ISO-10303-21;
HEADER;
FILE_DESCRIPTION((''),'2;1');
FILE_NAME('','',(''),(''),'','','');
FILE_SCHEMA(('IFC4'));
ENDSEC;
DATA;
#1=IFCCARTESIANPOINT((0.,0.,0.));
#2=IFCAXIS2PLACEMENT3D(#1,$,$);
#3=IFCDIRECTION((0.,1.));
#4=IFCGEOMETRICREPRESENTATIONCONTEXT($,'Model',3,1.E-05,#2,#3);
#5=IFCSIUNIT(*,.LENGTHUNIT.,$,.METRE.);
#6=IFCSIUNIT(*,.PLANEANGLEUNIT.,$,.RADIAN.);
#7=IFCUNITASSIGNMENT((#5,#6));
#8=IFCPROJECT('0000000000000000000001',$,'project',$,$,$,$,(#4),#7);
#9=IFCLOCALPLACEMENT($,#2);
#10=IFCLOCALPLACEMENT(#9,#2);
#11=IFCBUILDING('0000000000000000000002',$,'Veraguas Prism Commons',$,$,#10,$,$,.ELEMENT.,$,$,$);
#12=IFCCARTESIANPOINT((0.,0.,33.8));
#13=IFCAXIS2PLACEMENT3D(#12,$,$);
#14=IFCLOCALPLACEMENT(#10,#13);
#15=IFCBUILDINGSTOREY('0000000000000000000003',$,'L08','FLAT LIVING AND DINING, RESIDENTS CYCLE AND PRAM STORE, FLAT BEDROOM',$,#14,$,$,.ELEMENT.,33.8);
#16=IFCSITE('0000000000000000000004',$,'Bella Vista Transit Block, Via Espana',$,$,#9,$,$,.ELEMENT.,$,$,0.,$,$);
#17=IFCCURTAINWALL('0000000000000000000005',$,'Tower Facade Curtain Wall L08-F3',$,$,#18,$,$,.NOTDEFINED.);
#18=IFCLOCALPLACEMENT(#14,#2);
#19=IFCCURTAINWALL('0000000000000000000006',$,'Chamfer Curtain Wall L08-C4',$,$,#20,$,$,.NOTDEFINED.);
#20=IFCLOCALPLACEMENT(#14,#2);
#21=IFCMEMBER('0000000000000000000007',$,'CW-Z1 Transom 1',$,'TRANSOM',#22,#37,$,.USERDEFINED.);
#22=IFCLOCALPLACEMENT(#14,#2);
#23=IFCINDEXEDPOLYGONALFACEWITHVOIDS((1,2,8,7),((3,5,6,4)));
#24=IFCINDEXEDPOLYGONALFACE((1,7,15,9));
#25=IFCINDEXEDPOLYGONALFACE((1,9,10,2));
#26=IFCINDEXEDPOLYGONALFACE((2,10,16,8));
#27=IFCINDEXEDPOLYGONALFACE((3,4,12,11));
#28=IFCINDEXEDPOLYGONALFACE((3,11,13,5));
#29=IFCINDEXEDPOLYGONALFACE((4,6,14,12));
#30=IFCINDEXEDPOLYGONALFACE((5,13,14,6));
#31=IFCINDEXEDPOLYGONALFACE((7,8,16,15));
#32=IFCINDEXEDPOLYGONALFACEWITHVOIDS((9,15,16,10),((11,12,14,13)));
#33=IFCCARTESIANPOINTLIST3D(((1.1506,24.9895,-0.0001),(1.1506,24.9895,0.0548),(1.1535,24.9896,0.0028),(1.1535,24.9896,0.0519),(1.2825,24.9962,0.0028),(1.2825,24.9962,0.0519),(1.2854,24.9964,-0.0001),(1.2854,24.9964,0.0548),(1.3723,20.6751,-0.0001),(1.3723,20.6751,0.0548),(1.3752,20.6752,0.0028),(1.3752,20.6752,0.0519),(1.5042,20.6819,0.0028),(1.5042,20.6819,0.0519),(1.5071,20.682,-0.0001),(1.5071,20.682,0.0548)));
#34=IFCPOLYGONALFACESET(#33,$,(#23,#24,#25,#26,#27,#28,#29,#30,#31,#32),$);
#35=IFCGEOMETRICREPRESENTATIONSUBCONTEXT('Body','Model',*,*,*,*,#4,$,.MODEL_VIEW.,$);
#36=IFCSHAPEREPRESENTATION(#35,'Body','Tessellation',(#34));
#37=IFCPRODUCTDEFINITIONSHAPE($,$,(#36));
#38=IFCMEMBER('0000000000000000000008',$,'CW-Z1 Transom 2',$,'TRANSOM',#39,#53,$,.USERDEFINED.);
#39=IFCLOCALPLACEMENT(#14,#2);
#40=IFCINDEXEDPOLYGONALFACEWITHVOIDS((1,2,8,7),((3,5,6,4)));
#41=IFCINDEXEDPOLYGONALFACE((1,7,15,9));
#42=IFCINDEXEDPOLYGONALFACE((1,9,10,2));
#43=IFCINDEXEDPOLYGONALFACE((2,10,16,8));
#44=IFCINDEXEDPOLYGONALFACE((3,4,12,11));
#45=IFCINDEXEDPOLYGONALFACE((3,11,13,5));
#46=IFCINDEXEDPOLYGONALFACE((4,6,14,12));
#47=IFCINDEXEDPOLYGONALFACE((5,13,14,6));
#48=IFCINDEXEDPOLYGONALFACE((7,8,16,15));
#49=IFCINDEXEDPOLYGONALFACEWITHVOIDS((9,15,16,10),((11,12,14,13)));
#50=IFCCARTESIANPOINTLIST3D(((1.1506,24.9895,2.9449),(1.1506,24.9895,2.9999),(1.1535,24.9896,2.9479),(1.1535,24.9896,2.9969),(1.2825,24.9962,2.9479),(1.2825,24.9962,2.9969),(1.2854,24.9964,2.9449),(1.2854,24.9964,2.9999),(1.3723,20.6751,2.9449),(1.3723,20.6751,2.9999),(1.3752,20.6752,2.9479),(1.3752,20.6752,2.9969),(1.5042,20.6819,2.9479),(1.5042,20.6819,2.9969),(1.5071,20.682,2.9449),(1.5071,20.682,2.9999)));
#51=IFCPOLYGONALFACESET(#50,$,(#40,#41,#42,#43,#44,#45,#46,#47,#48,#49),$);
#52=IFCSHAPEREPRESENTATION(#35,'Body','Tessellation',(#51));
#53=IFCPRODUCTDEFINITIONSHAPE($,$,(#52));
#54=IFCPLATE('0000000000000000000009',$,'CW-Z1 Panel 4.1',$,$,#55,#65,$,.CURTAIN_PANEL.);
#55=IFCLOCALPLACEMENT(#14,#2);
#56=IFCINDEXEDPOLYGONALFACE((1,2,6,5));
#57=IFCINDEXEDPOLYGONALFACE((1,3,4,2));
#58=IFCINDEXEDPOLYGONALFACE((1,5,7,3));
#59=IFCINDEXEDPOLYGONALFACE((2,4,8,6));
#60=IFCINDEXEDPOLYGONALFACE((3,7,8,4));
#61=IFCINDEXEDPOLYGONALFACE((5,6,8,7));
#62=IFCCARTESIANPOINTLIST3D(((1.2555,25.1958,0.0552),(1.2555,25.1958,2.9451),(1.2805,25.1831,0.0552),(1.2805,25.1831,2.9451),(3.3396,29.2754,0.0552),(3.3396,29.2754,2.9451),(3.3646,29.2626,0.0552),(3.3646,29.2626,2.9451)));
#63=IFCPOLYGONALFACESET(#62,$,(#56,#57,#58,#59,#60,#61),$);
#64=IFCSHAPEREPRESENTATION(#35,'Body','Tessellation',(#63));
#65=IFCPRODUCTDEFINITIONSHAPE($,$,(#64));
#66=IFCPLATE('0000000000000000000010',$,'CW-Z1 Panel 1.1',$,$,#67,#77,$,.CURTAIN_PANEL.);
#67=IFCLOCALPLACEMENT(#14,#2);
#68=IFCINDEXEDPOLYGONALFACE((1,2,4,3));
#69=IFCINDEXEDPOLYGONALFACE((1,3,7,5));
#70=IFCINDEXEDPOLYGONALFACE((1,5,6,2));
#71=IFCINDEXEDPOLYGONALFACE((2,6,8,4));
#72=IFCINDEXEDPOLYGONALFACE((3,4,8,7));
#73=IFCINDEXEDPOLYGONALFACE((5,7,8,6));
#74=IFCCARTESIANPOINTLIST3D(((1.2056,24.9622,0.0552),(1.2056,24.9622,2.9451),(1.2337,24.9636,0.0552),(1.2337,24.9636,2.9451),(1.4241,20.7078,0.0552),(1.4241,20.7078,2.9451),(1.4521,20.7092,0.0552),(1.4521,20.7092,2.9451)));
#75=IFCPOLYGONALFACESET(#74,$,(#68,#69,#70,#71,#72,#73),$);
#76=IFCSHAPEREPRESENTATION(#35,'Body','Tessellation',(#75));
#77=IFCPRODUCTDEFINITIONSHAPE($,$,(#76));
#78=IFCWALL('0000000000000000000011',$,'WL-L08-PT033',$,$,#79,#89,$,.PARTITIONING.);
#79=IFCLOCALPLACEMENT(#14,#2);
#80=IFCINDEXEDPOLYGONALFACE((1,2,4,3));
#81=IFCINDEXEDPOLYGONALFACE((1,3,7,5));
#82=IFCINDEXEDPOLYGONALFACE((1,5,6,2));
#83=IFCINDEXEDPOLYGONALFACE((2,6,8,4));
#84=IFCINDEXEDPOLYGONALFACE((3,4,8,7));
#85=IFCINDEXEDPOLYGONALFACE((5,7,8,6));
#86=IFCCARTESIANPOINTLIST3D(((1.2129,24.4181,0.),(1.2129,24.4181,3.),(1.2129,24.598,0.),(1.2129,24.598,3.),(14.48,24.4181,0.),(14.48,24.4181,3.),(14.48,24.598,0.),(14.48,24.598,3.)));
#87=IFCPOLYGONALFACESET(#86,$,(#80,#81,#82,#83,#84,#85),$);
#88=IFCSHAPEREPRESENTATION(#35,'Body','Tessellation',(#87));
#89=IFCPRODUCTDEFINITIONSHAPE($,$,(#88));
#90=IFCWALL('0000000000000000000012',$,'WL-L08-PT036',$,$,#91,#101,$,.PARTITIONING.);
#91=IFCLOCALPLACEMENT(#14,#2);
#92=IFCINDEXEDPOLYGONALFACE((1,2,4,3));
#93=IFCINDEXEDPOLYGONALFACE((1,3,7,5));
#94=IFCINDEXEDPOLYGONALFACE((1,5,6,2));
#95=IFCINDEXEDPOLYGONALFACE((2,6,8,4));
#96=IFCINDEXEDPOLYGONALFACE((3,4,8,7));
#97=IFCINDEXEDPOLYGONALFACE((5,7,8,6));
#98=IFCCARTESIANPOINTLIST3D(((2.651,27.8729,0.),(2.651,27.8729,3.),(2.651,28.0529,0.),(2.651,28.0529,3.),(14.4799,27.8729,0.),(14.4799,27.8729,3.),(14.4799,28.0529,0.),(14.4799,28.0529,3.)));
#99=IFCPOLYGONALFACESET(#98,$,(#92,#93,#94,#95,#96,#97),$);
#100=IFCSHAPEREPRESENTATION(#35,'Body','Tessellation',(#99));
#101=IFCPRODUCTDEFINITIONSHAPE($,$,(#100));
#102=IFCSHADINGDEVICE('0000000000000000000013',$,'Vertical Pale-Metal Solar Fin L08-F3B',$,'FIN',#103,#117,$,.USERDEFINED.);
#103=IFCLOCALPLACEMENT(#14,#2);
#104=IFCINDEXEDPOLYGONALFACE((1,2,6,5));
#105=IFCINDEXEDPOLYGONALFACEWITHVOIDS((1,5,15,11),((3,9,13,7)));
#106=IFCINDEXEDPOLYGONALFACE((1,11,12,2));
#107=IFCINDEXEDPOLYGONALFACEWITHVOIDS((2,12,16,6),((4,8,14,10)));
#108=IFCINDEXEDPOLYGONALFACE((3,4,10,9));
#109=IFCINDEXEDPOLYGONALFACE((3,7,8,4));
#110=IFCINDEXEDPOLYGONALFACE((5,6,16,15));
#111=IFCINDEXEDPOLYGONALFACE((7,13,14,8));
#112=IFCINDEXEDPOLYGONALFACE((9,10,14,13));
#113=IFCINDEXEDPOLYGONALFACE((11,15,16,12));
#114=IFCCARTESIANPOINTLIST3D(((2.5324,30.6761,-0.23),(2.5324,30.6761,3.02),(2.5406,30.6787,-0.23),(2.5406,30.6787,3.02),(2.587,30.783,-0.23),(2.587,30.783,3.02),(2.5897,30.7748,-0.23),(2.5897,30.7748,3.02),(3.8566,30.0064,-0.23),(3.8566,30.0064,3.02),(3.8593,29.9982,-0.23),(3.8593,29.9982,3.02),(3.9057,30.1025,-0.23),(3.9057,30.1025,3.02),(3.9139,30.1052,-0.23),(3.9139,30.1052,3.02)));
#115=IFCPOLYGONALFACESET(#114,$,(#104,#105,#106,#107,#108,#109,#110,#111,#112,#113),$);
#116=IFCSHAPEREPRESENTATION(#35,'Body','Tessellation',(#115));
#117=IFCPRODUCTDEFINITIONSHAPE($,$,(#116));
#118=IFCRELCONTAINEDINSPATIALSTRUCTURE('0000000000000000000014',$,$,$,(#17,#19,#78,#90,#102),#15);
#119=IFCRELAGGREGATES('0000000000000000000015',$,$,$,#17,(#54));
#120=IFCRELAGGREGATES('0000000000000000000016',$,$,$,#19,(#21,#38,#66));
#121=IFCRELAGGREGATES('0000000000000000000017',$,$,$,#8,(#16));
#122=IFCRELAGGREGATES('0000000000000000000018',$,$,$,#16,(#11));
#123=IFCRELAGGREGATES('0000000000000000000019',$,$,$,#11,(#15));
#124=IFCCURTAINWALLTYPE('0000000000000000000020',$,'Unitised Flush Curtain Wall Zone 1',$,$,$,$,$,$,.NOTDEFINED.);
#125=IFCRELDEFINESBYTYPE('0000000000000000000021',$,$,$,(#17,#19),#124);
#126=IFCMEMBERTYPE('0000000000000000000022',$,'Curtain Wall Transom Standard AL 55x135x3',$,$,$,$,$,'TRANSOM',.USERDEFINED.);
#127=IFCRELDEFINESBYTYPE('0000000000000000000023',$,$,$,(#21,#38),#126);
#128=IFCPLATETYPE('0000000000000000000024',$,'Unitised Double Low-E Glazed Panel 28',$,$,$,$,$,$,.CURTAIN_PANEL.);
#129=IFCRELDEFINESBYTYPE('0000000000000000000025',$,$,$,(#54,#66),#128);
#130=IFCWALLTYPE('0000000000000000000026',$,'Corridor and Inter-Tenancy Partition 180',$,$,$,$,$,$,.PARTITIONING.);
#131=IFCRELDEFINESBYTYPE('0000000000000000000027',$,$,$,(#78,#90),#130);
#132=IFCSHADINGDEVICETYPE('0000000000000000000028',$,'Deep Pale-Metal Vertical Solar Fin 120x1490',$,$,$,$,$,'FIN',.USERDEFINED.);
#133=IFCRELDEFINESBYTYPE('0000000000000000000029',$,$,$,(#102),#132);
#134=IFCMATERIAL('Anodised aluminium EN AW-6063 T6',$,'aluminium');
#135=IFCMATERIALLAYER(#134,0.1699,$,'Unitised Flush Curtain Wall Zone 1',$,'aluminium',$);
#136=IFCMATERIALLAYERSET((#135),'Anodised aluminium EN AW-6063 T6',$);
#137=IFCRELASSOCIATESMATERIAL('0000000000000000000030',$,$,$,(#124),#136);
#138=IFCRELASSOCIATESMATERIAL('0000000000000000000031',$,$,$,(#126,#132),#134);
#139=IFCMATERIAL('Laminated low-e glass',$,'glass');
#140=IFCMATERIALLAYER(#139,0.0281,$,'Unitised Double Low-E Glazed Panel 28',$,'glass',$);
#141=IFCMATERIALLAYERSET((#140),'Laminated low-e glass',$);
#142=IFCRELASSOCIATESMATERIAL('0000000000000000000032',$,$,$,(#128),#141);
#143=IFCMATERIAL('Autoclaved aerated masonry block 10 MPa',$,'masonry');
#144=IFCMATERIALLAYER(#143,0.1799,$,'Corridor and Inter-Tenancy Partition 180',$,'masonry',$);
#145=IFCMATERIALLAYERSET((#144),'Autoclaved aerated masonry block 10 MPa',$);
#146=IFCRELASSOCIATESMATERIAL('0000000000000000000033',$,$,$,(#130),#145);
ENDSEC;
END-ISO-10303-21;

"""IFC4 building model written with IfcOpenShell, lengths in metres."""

from ifc_helpers import new_model, si_unit, direction, frame, frame_2d, origin, origin_2d, place, context, subcontext, project, spatial, rectangle, hollow_rectangle, extrude, source, transform, mapped, material, layer, layer_set, material_profile, profile_set, type_object, element, aggregate, save


model = new_model("IFC4")

# Units and contexts
model_context = context("Model", 3, precision=1e-05, world=origin(), true_north=direction((0.0, 1.0)))
body_context = subcontext(model_context, "Body", "Model", "MODEL_VIEW")
ifc_project = project(units=[si_unit("LENGTHUNIT", "METRE"), si_unit("PLANEANGLEUNIT", "RADIAN")], contexts=[model_context])

# Site, building, storey
site_placement = place(None, origin())
site = spatial("IfcSite", under=ifc_project, at=site_placement, Name="Bella Vista Transit Block, Via Espana", CompositionType="ELEMENT", RefElevation=0.0)
building_placement = place(site_placement, origin())
building = spatial("IfcBuilding", under=site, at=building_placement, Name="Veraguas Prism Commons", CompositionType="ELEMENT")
storey_placement = place(building_placement, frame((0.0, 0.0, 33.8)))
storey = spatial("IfcBuildingStorey", under=building, at=storey_placement, Name="L08", Description="FLAT LIVING AND DINING, RESIDENTS CYCLE AND PRAM STORE, FLAT BEDROOM", CompositionType="ELEMENT", Elevation=33.8)

# Curtain walls, members
ifc_material_1 = material(Name="Anodised aluminium EN AW-6063 T6", Category="aluminium")
ifc_layer_1 = layer(ifc_material_1, 0.1699, Name="Unitised Flush Curtain Wall Zone 1", Category="aluminium")
ifc_layer_set_1 = layer_set([ifc_layer_1], Name="Anodised aluminium EN AW-6063 T6")
curtain_wall_type = type_object("IfcCurtainWallType", Name="Unitised Flush Curtain Wall Zone 1", PredefinedType="NOTDEFINED", material=ifc_layer_set_1)
curtain_wall_1_placement = place(storey_placement, origin())
curtain_wall_1 = element("IfcCurtainWall", 1, at=curtain_wall_1_placement, inside=storey, type_object=curtain_wall_type, Name="Tower Facade Curtain Wall L08-F3", PredefinedType="NOTDEFINED")
curtain_wall_2_placement = place(storey_placement, origin())
curtain_wall_2 = element("IfcCurtainWall", 2, at=curtain_wall_2_placement, inside=storey, type_object=curtain_wall_type, Name="Chamfer Curtain Wall L08-C4", PredefinedType="NOTDEFINED")
ifc_material_profile_1 = material_profile(ifc_material_1, hollow_rectangle(XDim=0.0549, YDim=0.135, WallThickness=0.0029, at=origin_2d()), Name="AL55X135X3")
ifc_profile_set_1 = profile_set([ifc_material_profile_1], Name="Anodised aluminium EN AW-6063 T6")
member_type_1 = type_object("IfcMemberType", Name="Curtain Wall Transom Standard AL 55x135x3", ElementType="TRANSOM", PredefinedType="USERDEFINED", material=ifc_profile_set_1)
shared_shape_1 = source(origin(), body_context, "Body", "SweptSolid", [
    extrude(hollow_rectangle(XDim=0.0549, YDim=0.135, WallThickness=0.0029, at=origin_2d()), origin(), (0.0, 0.0, 1.0), 4.3201),
])
member_1_placement = place(storey_placement, frame((1.218, 24.9929, 0.0273), z_axis=(0.051313, -0.998683, 0.0), x_axis=(0.0, 0.0, 1.0)))
member_1 = element("IfcMember", 3, at=member_1_placement, type_object=member_type_1, Name="CW-Z1 Transom 1", ObjectType="TRANSOM", PredefinedType="USERDEFINED", context=body_context, shape_type="MappedRepresentation", body=[
    mapped(shared_shape_1, transform((0.0, 0.0, 0.0), scale=1.0)),
])
member_2_placement = place(storey_placement, frame((1.218, 24.9929, 2.9724), z_axis=(0.051313, -0.998683, 0.0), x_axis=(0.0, 0.0, 1.0)))
member_2 = element("IfcMember", 4, at=member_2_placement, type_object=member_type_1, Name="CW-Z1 Transom 2", ObjectType="TRANSOM", PredefinedType="USERDEFINED", context=body_context, shape_type="MappedRepresentation", body=[
    mapped(shared_shape_1, transform((0.0, 0.0, 0.0), scale=1.0)),
])

# Plates
ifc_material_2 = material(Name="Laminated low-e glass", Category="glass")
ifc_layer_2 = layer(ifc_material_2, 0.0281, Name="Unitised Double Low-E Glazed Panel 28", Category="glass")
ifc_layer_set_2 = layer_set([ifc_layer_2], Name="Laminated low-e glass")
plate_type = type_object("IfcPlateType", Name="Unitised Double Low-E Glazed Panel 28", PredefinedType="CURTAIN_PANEL", material=ifc_layer_set_2)
shared_shape_2 = source(origin(), body_context, "Body", "SweptSolid", [
    extrude(rectangle(XDim=4.5811, YDim=0.0281, at=origin_2d()), origin(), (0.0, 0.0, 1.0), 2.8899),
])
plate_1_placement = place(storey_placement, frame((2.3101, 27.2292, 0.0552), z_axis=(0.0, 0.0, 1.0), x_axis=(-0.454922, -0.890531, 0.0)))
plate_1 = element("IfcPlate", 5, at=plate_1_placement, type_object=plate_type, Name="CW-Z1 Panel 4.1", PredefinedType="CURTAIN_PANEL", context=body_context, shape_type="MappedRepresentation", body=[
    mapped(shared_shape_2, transform((0.0, 0.0, 0.0), scale=1.0)),
])
aggregate(curtain_wall_1, [plate_1])
shared_shape_3 = source(origin(), body_context, "Body", "SweptSolid", [
    extrude(rectangle(XDim=4.26, YDim=0.0281, at=origin_2d()), origin(), (0.0, 0.0, 1.0), 2.8899),
])
plate_2_placement = place(storey_placement, frame((1.3289, 22.8357, 0.0552), z_axis=(0.0, 0.0, 1.0), x_axis=(0.051278, -0.998684, 0.0)))
plate_2 = element("IfcPlate", 6, at=plate_2_placement, type_object=plate_type, Name="CW-Z1 Panel 1.1", PredefinedType="CURTAIN_PANEL", context=body_context, shape_type="MappedRepresentation", body=[
    mapped(shared_shape_3, transform((0.0, 0.0, 0.0), scale=1.0)),
])
aggregate(curtain_wall_2, [member_1, member_2, plate_2])

# Walls
ifc_material_3 = material(Name="Autoclaved aerated masonry block 10 MPa", Category="masonry")
ifc_layer_3 = layer(ifc_material_3, 0.1799, Name="Corridor and Inter-Tenancy Partition 180", Category="masonry")
ifc_layer_set_3 = layer_set([ifc_layer_3], Name="Autoclaved aerated masonry block 10 MPa")
wall_type = type_object("IfcWallType", Name="Corridor and Inter-Tenancy Partition 180", PredefinedType="PARTITIONING", material=ifc_layer_set_3)
wall_1_placement = place(storey_placement, frame((14.48, 24.5081, 0.0), z_axis=(0.0, 0.0, 1.0), x_axis=(-1.0, 0.0, 0.0)))
element("IfcWall", 7, at=wall_1_placement, inside=storey, type_object=wall_type, Name="WL-L08-PT033", PredefinedType="PARTITIONING", context=body_context, shape_type="SweptSolid", body=[
    extrude(rectangle(XDim=13.2671, YDim=0.1799, at=frame_2d((6.6335, 0.0))), origin(), (0.0, 0.0, 1.0), 3.0),
])
wall_2_placement = place(storey_placement, frame((14.48, 27.9629, 0.0), z_axis=(0.0, 0.0, 1.0), x_axis=(-1.0, 0.0, 0.0)))
element("IfcWall", 8, at=wall_2_placement, inside=storey, type_object=wall_type, Name="WL-L08-PT036", PredefinedType="PARTITIONING", context=body_context, shape_type="SweptSolid", body=[
    extrude(rectangle(XDim=11.8289, YDim=0.1799, at=frame_2d((5.9146, 0.0))), origin(), (0.0, 0.0, 1.0), 3.0),
])

# Shading device
ifc_material_profile_2 = material_profile(ifc_material_1, hollow_rectangle(XDim=0.1201, YDim=1.49, WallThickness=0.0061, at=origin_2d()), Name="FIN120X1490X6")
ifc_profile_set_2 = profile_set([ifc_material_profile_2], Name="Anodised aluminium EN AW-6063 T6")
shading_device_type = type_object("IfcShadingDeviceType", Name="Deep Pale-Metal Vertical Solar Fin 120x1490", ElementType="FIN", PredefinedType="USERDEFINED", material=ifc_profile_set_2)
shading_device_placement = place(storey_placement, frame((3.2231, 30.3906, -0.23), z_axis=(0.0, 0.0, 1.0), x_axis=(-0.454923, -0.890531, 0.0)))
element("IfcShadingDevice", 9, at=shading_device_placement, inside=storey, type_object=shading_device_type, Name="Vertical Pale-Metal Solar Fin L08-F3B", ObjectType="FIN", PredefinedType="USERDEFINED", context=body_context, shape_type="SweptSolid", body=[
    extrude(hollow_rectangle(XDim=0.1201, YDim=1.49, WallThickness=0.0061, at=origin_2d()), origin(), (0.0, 0.0, 1.0), 3.25),
])

save(model, "model.ifc")
